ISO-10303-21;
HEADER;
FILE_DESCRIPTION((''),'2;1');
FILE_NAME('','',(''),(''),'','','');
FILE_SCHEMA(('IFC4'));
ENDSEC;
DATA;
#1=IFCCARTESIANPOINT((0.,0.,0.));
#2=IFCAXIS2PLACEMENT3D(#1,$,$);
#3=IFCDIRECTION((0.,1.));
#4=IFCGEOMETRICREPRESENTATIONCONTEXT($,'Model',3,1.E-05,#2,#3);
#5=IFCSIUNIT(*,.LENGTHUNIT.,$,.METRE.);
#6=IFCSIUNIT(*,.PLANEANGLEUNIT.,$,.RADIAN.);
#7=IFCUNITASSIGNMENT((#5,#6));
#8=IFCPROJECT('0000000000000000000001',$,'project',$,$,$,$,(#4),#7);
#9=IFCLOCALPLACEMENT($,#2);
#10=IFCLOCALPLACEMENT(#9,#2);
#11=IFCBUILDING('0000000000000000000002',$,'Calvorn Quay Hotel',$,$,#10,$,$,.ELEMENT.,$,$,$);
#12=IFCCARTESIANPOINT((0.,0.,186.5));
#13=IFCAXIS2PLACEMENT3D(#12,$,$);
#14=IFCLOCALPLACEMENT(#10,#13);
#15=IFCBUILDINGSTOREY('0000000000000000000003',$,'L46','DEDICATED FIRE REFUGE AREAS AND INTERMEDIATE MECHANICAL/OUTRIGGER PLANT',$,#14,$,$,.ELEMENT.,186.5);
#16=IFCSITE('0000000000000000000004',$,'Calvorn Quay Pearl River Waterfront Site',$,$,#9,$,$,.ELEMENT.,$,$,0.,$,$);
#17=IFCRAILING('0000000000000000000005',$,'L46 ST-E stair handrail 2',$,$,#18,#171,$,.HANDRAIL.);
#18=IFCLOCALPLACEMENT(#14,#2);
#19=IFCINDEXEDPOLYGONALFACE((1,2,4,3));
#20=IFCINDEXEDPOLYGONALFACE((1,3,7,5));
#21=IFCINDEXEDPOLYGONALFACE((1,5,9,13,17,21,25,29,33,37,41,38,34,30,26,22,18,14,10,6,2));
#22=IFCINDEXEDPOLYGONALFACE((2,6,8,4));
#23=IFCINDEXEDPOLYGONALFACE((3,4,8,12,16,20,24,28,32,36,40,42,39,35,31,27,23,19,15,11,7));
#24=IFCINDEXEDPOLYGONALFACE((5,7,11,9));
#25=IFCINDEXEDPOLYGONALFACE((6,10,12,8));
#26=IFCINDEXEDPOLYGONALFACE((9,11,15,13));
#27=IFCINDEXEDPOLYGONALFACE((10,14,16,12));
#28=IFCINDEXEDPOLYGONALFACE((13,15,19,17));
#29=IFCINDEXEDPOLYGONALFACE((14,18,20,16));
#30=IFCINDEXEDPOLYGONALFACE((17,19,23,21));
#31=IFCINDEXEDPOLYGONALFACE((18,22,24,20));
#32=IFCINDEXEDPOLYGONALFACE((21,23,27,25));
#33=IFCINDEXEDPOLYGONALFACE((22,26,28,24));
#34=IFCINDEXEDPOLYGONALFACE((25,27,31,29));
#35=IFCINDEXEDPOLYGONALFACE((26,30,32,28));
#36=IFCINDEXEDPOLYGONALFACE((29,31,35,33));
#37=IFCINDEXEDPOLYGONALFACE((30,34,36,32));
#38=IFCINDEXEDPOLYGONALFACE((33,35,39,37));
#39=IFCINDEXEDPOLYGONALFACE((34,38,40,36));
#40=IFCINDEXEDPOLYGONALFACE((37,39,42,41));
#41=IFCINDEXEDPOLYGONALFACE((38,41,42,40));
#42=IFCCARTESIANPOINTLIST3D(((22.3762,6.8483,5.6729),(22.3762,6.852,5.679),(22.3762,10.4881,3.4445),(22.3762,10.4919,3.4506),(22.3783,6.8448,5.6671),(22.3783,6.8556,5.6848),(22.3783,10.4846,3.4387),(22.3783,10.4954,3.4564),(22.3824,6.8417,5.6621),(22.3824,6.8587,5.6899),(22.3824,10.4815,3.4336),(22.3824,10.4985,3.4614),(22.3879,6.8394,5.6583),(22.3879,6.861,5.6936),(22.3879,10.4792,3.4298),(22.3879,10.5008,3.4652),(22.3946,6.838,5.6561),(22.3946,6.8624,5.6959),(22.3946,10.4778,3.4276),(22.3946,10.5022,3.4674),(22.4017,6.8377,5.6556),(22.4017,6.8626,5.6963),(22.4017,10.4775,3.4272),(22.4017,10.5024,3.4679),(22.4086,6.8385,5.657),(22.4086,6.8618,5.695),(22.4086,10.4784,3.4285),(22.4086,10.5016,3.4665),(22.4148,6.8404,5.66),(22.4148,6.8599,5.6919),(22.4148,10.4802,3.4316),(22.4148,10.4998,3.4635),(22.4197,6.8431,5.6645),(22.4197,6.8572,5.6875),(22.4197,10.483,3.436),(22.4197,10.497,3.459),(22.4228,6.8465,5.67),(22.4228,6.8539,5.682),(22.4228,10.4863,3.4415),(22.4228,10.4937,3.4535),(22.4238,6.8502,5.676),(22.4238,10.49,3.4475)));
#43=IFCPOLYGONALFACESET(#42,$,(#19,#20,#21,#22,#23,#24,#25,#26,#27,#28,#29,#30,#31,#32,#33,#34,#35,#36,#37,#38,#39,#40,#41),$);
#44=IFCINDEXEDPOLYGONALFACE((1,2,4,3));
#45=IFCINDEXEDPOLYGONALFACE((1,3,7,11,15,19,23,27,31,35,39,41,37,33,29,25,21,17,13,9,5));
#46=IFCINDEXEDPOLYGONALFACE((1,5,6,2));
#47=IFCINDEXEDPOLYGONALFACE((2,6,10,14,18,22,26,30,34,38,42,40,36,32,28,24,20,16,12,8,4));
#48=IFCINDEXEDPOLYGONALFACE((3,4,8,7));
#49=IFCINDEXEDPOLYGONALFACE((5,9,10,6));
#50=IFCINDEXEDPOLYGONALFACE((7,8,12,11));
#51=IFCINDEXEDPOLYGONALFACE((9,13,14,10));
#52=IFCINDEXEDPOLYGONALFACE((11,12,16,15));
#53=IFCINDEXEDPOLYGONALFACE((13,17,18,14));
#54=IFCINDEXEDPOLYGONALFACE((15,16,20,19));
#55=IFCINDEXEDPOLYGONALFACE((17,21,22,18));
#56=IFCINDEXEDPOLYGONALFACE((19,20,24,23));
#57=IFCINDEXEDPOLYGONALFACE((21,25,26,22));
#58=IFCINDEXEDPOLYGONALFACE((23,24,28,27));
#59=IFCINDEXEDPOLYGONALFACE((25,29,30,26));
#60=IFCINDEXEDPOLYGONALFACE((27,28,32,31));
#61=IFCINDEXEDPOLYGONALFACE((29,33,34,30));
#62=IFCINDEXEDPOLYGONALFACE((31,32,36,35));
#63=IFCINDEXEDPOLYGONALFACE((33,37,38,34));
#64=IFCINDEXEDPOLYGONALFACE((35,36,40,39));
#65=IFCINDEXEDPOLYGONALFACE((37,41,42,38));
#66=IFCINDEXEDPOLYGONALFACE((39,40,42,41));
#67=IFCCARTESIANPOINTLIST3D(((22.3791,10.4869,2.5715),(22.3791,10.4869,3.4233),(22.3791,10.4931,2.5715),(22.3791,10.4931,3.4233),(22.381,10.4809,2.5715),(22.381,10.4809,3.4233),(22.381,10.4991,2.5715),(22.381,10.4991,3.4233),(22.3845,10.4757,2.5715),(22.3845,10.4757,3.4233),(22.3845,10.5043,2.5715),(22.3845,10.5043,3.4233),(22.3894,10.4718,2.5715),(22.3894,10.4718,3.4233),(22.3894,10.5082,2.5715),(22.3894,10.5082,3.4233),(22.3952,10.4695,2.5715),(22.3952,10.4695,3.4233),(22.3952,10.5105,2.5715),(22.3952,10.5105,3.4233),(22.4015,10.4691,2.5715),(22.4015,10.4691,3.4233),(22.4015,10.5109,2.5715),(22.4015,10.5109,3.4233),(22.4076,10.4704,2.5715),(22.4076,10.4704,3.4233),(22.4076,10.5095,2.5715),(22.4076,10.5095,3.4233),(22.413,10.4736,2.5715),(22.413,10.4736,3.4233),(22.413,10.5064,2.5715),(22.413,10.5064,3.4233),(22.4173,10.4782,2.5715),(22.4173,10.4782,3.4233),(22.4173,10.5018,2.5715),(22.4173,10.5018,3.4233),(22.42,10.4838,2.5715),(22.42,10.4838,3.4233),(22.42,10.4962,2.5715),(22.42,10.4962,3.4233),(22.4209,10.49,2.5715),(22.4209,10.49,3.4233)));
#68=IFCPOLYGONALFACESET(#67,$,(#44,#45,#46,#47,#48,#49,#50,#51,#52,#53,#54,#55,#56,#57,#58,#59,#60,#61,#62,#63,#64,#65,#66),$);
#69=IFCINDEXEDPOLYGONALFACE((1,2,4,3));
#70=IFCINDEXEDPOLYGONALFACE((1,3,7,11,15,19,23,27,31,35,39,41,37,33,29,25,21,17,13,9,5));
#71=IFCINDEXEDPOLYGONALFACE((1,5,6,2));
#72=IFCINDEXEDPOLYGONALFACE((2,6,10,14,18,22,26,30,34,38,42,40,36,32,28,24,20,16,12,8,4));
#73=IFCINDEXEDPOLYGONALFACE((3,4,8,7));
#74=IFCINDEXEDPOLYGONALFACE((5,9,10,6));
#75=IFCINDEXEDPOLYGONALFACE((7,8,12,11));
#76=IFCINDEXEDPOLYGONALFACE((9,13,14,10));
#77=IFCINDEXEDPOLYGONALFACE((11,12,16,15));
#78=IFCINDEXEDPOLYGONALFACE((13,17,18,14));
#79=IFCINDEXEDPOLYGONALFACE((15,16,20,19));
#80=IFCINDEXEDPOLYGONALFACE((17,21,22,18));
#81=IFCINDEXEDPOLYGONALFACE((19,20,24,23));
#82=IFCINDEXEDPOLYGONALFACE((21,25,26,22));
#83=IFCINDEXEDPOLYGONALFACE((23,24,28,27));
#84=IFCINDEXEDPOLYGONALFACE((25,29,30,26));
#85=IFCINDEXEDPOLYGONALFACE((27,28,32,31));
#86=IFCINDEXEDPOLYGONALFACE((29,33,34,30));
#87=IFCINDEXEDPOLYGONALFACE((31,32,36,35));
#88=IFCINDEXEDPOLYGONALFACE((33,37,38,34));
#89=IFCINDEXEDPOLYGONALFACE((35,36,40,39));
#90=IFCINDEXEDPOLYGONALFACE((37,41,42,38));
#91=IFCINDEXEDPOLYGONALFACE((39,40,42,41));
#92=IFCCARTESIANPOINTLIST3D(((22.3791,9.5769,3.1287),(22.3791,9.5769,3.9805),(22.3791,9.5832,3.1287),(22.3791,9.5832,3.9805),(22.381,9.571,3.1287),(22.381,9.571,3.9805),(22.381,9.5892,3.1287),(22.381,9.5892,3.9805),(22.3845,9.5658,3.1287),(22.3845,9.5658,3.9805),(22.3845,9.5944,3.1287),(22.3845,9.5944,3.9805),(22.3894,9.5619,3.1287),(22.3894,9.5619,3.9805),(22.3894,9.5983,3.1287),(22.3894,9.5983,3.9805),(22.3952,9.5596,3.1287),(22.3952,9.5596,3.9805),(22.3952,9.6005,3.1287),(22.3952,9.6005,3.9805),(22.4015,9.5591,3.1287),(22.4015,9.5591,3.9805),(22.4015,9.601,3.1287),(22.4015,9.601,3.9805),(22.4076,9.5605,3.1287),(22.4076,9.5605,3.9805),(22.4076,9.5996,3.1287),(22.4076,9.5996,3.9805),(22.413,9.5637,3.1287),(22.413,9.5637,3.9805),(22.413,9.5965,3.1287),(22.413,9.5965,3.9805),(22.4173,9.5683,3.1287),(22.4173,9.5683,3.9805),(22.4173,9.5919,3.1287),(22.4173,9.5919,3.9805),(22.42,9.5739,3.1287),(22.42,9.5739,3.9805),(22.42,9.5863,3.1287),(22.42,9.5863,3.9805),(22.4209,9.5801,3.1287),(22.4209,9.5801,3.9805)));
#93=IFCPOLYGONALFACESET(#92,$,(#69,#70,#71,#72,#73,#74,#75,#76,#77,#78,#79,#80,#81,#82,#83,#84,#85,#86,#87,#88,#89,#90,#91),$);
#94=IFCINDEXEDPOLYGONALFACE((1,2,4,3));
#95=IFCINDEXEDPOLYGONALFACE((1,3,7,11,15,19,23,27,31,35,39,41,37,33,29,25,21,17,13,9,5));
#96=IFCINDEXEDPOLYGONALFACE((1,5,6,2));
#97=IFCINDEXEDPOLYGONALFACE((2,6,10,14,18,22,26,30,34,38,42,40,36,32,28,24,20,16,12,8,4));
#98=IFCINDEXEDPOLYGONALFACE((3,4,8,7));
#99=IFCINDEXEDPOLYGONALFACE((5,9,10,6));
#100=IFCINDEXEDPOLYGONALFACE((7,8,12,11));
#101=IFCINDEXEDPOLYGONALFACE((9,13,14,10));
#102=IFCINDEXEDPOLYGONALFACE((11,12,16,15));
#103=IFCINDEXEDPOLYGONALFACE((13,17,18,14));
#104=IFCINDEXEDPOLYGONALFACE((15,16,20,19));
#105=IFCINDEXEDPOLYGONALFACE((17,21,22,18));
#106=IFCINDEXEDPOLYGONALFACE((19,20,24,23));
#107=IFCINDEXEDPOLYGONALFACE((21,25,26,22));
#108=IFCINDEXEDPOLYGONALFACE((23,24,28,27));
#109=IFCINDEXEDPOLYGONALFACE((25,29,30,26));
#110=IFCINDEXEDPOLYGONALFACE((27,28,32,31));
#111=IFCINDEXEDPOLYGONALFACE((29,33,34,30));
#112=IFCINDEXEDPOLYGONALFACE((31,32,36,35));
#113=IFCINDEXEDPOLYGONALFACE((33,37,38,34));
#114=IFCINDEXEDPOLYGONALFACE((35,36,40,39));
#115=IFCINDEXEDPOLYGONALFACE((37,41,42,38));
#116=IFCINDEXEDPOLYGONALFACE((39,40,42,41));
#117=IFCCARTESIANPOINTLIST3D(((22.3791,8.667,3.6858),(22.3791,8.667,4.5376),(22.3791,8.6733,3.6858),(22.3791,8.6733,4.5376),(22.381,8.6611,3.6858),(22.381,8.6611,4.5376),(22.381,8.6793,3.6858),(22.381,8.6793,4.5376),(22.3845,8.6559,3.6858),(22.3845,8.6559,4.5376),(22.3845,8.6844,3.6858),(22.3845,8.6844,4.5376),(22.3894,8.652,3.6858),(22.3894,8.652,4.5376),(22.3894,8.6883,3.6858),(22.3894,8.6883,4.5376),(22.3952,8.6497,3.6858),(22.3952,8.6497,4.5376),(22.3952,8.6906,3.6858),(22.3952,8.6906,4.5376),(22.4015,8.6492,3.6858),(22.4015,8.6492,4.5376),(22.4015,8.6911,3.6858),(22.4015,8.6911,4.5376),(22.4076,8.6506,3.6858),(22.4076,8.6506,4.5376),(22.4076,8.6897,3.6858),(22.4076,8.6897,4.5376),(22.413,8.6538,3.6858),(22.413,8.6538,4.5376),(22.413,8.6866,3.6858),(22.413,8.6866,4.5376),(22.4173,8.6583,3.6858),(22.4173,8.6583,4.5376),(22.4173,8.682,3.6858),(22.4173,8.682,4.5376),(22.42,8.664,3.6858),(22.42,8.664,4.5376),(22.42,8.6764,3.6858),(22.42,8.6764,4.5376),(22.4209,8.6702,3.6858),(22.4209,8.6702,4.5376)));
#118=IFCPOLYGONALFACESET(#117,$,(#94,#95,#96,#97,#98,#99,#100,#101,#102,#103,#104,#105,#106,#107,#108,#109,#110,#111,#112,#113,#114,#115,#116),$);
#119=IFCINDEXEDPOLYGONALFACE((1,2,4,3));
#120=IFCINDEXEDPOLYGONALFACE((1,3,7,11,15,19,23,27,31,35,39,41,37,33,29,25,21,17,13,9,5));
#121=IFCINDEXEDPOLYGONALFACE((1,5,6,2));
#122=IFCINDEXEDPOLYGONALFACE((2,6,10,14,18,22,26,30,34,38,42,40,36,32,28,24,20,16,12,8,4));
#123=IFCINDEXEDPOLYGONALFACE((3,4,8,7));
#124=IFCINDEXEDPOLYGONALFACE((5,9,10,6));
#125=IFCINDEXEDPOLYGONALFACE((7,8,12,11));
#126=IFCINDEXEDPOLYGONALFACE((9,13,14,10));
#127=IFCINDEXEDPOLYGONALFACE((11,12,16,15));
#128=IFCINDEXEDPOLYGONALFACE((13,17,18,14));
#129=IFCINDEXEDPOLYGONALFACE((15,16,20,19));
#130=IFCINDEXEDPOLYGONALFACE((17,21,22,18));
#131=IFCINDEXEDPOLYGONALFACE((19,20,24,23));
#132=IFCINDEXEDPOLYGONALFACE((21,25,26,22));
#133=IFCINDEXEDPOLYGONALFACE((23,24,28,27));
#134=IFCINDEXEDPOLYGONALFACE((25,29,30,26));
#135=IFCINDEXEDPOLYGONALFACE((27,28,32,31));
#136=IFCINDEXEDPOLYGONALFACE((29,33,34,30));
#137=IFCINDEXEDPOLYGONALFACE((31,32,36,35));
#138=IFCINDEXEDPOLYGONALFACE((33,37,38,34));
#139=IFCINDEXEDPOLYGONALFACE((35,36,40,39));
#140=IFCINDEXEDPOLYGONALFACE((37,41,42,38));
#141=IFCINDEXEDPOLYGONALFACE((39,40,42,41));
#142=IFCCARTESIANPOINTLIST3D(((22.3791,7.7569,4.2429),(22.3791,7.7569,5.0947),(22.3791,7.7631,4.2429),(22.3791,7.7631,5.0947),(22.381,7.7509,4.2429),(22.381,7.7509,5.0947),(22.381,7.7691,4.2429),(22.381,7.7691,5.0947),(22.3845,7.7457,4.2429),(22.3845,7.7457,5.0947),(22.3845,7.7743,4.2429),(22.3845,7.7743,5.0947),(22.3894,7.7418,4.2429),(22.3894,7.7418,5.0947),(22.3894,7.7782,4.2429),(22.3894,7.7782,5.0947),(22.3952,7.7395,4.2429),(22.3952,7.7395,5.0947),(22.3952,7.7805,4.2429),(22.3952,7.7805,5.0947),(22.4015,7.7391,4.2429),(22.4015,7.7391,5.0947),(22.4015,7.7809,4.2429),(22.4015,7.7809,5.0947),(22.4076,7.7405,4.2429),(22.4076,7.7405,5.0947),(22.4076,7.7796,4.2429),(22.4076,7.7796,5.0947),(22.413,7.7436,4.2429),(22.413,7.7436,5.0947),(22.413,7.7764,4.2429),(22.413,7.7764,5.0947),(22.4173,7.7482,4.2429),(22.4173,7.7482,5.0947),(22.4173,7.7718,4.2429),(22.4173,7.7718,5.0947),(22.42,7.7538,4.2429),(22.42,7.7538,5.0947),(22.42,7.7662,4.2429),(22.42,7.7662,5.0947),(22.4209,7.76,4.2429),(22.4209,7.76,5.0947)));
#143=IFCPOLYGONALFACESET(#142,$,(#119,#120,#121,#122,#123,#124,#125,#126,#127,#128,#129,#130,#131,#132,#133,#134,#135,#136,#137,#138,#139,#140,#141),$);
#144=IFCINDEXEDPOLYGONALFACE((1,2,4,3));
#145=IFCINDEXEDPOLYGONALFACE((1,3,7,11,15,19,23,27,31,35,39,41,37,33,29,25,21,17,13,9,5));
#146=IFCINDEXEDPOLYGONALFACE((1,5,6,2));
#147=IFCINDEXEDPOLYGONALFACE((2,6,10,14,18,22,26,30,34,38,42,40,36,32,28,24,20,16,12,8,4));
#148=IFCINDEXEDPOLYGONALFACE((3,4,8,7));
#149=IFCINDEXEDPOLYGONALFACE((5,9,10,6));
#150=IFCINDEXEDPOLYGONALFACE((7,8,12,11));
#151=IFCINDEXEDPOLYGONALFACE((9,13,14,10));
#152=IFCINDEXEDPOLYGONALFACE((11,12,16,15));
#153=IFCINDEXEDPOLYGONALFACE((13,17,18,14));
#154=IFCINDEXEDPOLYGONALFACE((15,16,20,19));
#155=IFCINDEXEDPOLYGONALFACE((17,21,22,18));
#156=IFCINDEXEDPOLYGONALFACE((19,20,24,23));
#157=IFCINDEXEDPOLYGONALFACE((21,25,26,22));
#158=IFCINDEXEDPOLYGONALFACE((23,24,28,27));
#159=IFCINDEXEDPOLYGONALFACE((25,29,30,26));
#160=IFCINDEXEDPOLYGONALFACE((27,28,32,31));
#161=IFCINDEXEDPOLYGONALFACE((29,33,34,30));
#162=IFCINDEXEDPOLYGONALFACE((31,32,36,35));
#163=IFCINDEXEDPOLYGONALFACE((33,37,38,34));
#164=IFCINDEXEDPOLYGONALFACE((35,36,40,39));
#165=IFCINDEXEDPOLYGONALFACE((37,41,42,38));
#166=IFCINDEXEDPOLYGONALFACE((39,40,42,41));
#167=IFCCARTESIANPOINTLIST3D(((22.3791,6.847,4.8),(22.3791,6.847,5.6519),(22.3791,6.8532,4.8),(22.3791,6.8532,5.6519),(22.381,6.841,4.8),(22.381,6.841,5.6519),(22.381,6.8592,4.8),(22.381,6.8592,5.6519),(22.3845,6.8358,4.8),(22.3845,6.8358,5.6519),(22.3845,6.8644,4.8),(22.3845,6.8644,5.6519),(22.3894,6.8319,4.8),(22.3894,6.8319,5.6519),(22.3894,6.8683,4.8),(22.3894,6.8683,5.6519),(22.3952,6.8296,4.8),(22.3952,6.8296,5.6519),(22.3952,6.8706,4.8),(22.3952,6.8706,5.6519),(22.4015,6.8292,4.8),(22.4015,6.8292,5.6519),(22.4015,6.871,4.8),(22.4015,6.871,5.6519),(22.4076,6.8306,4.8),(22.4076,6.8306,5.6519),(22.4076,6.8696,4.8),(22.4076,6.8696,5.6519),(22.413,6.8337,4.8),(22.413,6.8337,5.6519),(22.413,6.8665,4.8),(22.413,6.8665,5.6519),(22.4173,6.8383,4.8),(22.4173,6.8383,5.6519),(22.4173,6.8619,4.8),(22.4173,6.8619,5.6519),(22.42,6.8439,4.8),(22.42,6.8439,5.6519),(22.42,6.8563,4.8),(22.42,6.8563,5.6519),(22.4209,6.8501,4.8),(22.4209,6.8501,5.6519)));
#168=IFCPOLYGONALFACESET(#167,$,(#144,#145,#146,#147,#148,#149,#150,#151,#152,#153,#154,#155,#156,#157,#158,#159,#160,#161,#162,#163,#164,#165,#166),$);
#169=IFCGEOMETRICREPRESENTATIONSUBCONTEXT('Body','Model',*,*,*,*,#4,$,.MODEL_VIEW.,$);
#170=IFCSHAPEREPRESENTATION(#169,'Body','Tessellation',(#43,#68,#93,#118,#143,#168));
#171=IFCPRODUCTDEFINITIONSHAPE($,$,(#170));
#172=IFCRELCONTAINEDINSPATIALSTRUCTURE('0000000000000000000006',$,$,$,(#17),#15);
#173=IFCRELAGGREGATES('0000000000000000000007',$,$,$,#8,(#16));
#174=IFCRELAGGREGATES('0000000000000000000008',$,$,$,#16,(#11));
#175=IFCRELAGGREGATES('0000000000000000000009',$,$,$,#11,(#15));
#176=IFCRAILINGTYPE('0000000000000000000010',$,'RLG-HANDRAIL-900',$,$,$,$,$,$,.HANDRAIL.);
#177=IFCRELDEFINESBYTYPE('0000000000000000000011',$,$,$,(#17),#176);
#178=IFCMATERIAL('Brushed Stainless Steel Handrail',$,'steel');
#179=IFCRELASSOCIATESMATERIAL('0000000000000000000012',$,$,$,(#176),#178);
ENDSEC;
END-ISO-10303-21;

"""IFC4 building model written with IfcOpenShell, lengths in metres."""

from ifc_helpers import new_model, si_unit, direction, frame, origin, origin_2d, place, context, subcontext, project, spatial, circle, extrude, material, type_object, element, save


model = new_model("IFC4")

# Units and contexts
model_context = context("Model", 3, precision=1e-05, world=origin(), true_north=direction((0.0, 1.0)))
body_context = subcontext(model_context, "Body", "Model", "MODEL_VIEW")
ifc_project = project(units=[si_unit("LENGTHUNIT", "METRE"), si_unit("PLANEANGLEUNIT", "RADIAN")], contexts=[model_context])

# Site, building, storey
site_placement = place(None, origin())
site = spatial("IfcSite", under=ifc_project, at=site_placement, Name="Calvorn Quay Pearl River Waterfront Site", CompositionType="ELEMENT", RefElevation=0.0)
building_placement = place(site_placement, origin())
building = spatial("IfcBuilding", under=site, at=building_placement, Name="Calvorn Quay Hotel", CompositionType="ELEMENT")
storey_placement = place(building_placement, frame((0.0, 0.0, 186.5)))
storey = spatial("IfcBuildingStorey", under=building, at=storey_placement, Name="L46", Description="DEDICATED FIRE REFUGE AREAS AND INTERMEDIATE MECHANICAL/OUTRIGGER PLANT", CompositionType="ELEMENT", Elevation=186.5)

# Railing
ifc_material_1 = material(Name="Brushed Stainless Steel Handrail", Category="steel")
railing_type_1 = type_object("IfcRailingType", Name="RLG-HANDRAIL-900", PredefinedType="HANDRAIL", material=ifc_material_1)
railing_1_placement = place(storey_placement, frame((22.3999, 10.49, 2.5715)))
element("IfcRailing", 1, at=railing_1_placement, inside=storey, type_object=railing_type_1, Name="L46 ST-E stair handrail 2", PredefinedType="HANDRAIL", context=body_context, shape_type="SweptSolid", body=[
    extrude(circle(Radius=0.0239, at=origin_2d()), frame((0.0, 0.0, 0.876), z_axis=(0.0, -0.85285, 0.522156), x_axis=(1.0, 0.0, 0.0)), (0.0, 0.0, 1.0), 4.2678),
    extrude(circle(Radius=0.021, at=origin_2d()), origin(), (0.0, 0.0, 1.0), 0.8518),
    extrude(circle(Radius=0.021, at=origin_2d()), frame((0.0, -0.9099, 0.5571)), (0.0, 0.0, 1.0), 0.8518),
    extrude(circle(Radius=0.021, at=origin_2d()), frame((0.0, -1.8198, 1.1143)), (0.0, 0.0, 1.0), 0.8518),
    extrude(circle(Radius=0.021, at=origin_2d()), frame((0.0, -2.73, 1.6714)), (0.0, 0.0, 1.0), 0.8518),
    extrude(circle(Radius=0.021, at=origin_2d()), frame((0.0, -3.6399, 2.2285)), (0.0, 0.0, 1.0), 0.8518),
])

save(model, "model.ifc")
